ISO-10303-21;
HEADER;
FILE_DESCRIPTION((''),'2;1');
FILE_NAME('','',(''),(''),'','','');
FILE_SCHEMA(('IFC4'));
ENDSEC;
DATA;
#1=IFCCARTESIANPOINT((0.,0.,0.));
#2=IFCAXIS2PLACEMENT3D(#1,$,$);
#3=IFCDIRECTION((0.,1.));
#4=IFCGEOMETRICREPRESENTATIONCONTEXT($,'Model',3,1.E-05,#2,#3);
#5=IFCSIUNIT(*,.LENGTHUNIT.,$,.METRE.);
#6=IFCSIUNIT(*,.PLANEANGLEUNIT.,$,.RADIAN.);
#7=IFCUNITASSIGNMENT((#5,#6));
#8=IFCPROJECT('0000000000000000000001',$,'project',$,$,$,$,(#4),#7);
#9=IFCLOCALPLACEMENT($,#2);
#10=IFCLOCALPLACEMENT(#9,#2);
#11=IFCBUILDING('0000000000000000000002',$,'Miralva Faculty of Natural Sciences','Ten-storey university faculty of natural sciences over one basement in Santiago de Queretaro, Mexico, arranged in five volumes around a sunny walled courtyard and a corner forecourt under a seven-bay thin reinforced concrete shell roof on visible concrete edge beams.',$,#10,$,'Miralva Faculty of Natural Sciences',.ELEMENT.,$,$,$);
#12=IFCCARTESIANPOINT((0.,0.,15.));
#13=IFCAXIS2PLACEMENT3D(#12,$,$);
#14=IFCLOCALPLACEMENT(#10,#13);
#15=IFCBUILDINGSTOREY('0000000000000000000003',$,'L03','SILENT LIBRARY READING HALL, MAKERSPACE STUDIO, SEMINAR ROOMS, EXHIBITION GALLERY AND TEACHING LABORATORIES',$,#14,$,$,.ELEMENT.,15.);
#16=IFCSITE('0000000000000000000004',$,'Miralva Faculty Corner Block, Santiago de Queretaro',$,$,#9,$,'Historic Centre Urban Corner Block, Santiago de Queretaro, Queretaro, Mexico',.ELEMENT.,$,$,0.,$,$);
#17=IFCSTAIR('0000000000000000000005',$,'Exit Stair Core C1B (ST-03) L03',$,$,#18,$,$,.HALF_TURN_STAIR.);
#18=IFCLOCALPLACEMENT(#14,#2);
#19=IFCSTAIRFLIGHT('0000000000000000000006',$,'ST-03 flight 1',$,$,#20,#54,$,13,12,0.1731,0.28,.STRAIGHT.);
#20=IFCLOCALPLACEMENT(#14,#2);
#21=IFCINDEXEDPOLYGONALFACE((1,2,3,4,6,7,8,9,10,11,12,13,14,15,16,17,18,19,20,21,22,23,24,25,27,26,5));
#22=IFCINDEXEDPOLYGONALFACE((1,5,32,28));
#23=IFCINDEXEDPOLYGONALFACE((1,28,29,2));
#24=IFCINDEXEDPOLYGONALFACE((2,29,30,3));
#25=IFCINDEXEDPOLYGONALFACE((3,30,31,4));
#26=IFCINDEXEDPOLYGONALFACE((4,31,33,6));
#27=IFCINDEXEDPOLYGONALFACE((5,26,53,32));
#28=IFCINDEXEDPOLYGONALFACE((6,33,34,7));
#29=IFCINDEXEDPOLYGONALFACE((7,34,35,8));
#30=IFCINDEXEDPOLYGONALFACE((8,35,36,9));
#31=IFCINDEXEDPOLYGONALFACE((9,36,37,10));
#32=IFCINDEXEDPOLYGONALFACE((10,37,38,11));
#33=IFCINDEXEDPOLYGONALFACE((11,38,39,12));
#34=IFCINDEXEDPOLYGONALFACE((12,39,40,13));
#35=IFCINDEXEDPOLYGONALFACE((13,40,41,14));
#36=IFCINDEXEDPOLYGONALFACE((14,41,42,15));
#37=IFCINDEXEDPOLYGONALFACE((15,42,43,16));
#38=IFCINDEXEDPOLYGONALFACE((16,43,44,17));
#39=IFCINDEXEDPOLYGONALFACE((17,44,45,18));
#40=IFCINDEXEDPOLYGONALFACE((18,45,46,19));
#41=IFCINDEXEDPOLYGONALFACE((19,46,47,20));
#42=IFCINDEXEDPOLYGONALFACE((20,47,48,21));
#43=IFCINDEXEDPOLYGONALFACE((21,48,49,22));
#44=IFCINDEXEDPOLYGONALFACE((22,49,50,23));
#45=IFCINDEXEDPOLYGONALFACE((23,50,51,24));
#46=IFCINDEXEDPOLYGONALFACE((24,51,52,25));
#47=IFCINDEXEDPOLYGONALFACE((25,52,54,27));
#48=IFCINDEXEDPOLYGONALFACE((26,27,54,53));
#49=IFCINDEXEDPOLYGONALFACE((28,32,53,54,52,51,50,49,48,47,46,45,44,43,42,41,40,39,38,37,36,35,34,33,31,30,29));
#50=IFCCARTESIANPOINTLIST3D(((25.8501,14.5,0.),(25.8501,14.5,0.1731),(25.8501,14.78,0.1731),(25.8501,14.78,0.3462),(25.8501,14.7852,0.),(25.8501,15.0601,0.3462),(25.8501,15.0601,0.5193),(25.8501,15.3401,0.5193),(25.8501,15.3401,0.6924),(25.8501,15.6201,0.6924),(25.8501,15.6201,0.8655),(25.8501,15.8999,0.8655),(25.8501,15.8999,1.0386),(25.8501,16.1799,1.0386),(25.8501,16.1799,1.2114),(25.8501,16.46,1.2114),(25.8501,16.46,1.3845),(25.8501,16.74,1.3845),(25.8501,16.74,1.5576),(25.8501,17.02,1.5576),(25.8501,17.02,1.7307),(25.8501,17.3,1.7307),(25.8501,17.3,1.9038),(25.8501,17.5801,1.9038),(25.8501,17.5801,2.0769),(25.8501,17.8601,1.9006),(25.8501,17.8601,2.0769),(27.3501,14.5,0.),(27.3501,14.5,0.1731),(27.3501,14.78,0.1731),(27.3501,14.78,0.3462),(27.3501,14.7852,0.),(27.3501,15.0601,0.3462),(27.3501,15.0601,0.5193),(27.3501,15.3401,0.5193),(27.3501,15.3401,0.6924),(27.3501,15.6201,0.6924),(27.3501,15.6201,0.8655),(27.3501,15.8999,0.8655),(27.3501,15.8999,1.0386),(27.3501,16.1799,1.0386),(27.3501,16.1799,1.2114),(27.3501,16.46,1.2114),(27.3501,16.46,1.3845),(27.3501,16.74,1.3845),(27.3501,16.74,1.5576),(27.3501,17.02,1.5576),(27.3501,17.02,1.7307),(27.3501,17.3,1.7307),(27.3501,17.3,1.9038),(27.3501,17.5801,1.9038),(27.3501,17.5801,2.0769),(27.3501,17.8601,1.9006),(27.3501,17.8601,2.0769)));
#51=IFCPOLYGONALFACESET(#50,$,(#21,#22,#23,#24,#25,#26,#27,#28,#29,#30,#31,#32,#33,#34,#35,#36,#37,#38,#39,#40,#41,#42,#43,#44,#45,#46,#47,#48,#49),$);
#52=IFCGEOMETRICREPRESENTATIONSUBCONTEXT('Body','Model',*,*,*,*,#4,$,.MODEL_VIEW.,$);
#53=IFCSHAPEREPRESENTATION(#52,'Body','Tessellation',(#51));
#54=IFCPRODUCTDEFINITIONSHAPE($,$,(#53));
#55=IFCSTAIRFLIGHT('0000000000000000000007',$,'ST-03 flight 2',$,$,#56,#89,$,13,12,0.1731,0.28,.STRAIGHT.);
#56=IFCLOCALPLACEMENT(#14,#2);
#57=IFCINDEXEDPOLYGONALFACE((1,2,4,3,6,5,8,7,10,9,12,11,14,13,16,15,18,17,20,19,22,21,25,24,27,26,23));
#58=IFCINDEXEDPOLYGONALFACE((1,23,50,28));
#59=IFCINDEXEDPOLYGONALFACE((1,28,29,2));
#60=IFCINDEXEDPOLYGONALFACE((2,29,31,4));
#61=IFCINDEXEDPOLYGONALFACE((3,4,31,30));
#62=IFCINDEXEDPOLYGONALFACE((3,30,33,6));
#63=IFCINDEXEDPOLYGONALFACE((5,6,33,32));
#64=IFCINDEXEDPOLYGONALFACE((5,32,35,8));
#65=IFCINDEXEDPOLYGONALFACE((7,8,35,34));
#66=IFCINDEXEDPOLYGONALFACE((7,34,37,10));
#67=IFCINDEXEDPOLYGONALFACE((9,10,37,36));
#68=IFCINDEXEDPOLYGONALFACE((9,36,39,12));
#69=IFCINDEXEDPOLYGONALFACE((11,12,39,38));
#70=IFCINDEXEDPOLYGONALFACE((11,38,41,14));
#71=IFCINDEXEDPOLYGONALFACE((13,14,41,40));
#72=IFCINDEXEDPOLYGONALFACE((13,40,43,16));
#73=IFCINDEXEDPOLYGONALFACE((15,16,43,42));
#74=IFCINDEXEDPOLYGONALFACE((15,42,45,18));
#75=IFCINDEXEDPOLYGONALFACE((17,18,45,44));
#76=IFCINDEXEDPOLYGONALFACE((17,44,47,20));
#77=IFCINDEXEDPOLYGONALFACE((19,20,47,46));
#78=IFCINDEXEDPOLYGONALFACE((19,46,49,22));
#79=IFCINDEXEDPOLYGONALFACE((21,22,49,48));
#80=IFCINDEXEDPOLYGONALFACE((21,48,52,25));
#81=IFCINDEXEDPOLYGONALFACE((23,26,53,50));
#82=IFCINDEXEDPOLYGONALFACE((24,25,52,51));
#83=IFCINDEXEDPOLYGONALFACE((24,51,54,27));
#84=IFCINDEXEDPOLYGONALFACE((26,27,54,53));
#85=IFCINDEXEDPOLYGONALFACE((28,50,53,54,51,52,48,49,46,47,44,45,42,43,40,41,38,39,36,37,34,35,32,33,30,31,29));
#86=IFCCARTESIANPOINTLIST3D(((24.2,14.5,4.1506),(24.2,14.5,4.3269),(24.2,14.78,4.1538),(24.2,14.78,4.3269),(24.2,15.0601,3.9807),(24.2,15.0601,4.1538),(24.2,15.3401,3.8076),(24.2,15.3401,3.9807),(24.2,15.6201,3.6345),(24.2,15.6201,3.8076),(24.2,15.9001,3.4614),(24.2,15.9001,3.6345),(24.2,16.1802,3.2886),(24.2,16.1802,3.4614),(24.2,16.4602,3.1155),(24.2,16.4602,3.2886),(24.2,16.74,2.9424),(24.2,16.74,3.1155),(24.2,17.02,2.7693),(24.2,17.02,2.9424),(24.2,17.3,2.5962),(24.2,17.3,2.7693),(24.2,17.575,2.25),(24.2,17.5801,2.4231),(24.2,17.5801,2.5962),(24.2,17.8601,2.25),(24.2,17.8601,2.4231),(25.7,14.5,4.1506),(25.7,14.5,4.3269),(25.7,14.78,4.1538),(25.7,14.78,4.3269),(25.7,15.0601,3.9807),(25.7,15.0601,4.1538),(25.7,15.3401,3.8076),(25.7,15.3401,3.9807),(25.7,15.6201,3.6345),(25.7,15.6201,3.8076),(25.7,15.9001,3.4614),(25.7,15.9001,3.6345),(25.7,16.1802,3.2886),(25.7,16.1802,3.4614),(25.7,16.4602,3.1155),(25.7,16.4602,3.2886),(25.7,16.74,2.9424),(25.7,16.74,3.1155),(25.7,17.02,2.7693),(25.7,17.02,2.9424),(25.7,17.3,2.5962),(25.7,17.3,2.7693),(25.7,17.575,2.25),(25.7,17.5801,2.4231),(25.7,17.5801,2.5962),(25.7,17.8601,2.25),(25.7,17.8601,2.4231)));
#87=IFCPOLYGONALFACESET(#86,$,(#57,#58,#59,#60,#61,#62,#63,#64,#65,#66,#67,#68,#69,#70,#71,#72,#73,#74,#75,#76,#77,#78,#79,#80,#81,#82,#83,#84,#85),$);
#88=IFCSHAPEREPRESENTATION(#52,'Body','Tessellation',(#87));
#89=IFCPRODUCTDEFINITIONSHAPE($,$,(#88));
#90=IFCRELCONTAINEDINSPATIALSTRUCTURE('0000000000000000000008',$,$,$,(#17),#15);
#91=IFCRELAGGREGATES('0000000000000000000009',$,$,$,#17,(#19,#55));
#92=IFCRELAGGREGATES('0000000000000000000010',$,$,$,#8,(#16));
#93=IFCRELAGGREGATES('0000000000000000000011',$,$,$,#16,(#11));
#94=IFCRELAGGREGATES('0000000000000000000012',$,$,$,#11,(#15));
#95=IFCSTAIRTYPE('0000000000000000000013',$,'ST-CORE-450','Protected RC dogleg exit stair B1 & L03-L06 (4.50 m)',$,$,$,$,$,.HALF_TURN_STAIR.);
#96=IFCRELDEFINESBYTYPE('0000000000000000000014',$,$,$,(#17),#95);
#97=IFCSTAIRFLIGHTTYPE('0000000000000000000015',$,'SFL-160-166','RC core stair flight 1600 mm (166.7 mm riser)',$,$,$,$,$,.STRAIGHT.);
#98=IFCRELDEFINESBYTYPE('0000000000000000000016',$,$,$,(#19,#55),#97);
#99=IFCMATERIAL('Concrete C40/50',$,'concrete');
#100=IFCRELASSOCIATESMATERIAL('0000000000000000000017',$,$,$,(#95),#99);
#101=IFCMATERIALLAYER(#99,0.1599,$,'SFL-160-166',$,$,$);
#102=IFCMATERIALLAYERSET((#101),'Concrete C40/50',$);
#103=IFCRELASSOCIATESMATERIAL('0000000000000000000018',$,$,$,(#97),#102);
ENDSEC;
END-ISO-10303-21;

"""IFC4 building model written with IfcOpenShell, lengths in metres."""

from ifc_helpers import new_model, si_unit, direction, frame, origin, place, context, subcontext, project, spatial, polyline, outline, extrude, material, layer, layer_set, type_object, element, aggregate, save


model = new_model("IFC4")

# Units and contexts
model_context = context("Model", 3, precision=1e-05, world=origin(), true_north=direction((0.0, 1.0)))
body_context = subcontext(model_context, "Body", "Model", "MODEL_VIEW")
ifc_project = project(units=[si_unit("LENGTHUNIT", "METRE"), si_unit("PLANEANGLEUNIT", "RADIAN")], contexts=[model_context])

# Site, building, storey
site_placement = place(None, origin())
site = spatial("IfcSite", under=ifc_project, at=site_placement, Name="Miralva Faculty Corner Block, Santiago de Queretaro", LongName="Historic Centre Urban Corner Block, Santiago de Queretaro, Queretaro, Mexico", CompositionType="ELEMENT", RefElevation=0.0)
building_placement = place(site_placement, origin())
building = spatial("IfcBuilding", under=site, at=building_placement, Name="Miralva Faculty of Natural Sciences", Description="Ten-storey university faculty of natural sciences over one basement in Santiago de Queretaro, Mexico, arranged in five volumes around a sunny walled courtyard and a corner forecourt under a seven-bay thin reinforced concrete shell roof on visible concrete edge beams.", LongName="Miralva Faculty of Natural Sciences", CompositionType="ELEMENT")
storey_placement = place(building_placement, frame((0.0, 0.0, 15.0)))
storey = spatial("IfcBuildingStorey", under=building, at=storey_placement, Name="L03", Description="SILENT LIBRARY READING HALL, MAKERSPACE STUDIO, SEMINAR ROOMS, EXHIBITION GALLERY AND TEACHING LABORATORIES", CompositionType="ELEMENT", Elevation=15.0)

# Shared definitions
ifc_material_1 = material(Name="Concrete C40/50", Category="concrete")

# Stair, stair flights
stair_type = type_object("IfcStairType", Name="ST-CORE-450", Description="Protected RC dogleg exit stair B1 & L03-L06 (4.50 m)", PredefinedType="HALF_TURN_STAIR", material=ifc_material_1)
stair_placement = place(storey_placement, origin())
stair = element("IfcStair", 1, at=stair_placement, inside=storey, type_object=stair_type, Name="Exit Stair Core C1B (ST-03) L03", PredefinedType="HALF_TURN_STAIR")
ifc_layer_1 = layer(ifc_material_1, 0.1599, Name="SFL-160-166")
ifc_layer_set_1 = layer_set([ifc_layer_1], Name="Concrete C40/50")
stair_flight_type = type_object("IfcStairFlightType", Name="SFL-160-166", Description="RC core stair flight 1600 mm (166.7 mm riser)", PredefinedType="STRAIGHT", material=ifc_layer_set_1)
stair_flight_1_placement = place(storey_placement, frame((26.6001, 14.5, 0.0), z_axis=(0.0, 0.0, 1.0), x_axis=(0.0, 1.0, 0.0)))
stair_flight_1 = element("IfcStairFlight", 2, at=stair_flight_1_placement, type_object=stair_flight_type, Name="ST-03 flight 1", NumberOfRisers=13, NumberOfTreads=12, PredefinedType="STRAIGHT", RiserHeight=0.1731, TreadLength=0.28, context=body_context, shape_type="SweptSolid", body=[
    extrude(outline(polyline([(0.0, 0.0), (0.0, 0.1731), (0.28, 0.1731), (0.28, 0.3462), (0.5601, 0.3462), (0.5601, 0.5193), (0.8401, 0.5193), (0.8401, 0.6924), (1.1201, 0.6924), (1.1201, 0.8655), (1.3999, 0.8655), (1.3999, 1.0386), (1.6799, 1.0386), (1.6799, 1.2114), (1.96, 1.2114), (1.96, 1.3845), (2.24, 1.3845), (2.24, 1.5576), (2.52, 1.5576), (2.52, 1.7307), (2.8, 1.7307), (2.8, 1.9038), (3.0801, 1.9038), (3.0801, 2.0769), (3.3601, 2.0769), (3.3601, 2.25), (3.3601, 1.9006), (0.2852, 0.0), (0.0, 0.0)])), frame((0.0, 0.75, 0.0), z_axis=(0.0, -1.0, 0.0), x_axis=(1.0, 0.0, 0.0)), (0.0, 0.0, 1.0), 1.5),
])
stair_flight_2_placement = place(storey_placement, frame((24.95, 17.8601, 2.25), z_axis=(0.0, 0.0, 1.0), x_axis=(0.0, -1.0, 0.0)))
stair_flight_2 = element("IfcStairFlight", 3, at=stair_flight_2_placement, type_object=stair_flight_type, Name="ST-03 flight 2", NumberOfRisers=13, NumberOfTreads=12, PredefinedType="STRAIGHT", RiserHeight=0.1731, TreadLength=0.28, context=body_context, shape_type="SweptSolid", body=[
    extrude(outline(polyline([(0.0, 0.0), (0.0, 0.1731), (0.28, 0.1731), (0.28, 0.3462), (0.5601, 0.3462), (0.5601, 0.5193), (0.8401, 0.5193), (0.8401, 0.6924), (1.1201, 0.6924), (1.1201, 0.8655), (1.3999, 0.8655), (1.3999, 1.0386), (1.6799, 1.0386), (1.6799, 1.2114), (1.96, 1.2114), (1.96, 1.3845), (2.24, 1.3845), (2.24, 1.5576), (2.52, 1.5576), (2.52, 1.7307), (2.8, 1.7307), (2.8, 1.9038), (3.0801, 1.9038), (3.0801, 2.0769), (3.3601, 2.0769), (3.3601, 2.25), (3.3601, 1.9006), (0.2852, 0.0), (0.0, 0.0)])), frame((0.0, 0.75, 0.0), z_axis=(0.0, -1.0, 0.0), x_axis=(1.0, 0.0, 0.0)), (0.0, 0.0, 1.0), 1.5),
])
aggregate(stair, [stair_flight_1, stair_flight_2])

save(model, "model.ifc")
